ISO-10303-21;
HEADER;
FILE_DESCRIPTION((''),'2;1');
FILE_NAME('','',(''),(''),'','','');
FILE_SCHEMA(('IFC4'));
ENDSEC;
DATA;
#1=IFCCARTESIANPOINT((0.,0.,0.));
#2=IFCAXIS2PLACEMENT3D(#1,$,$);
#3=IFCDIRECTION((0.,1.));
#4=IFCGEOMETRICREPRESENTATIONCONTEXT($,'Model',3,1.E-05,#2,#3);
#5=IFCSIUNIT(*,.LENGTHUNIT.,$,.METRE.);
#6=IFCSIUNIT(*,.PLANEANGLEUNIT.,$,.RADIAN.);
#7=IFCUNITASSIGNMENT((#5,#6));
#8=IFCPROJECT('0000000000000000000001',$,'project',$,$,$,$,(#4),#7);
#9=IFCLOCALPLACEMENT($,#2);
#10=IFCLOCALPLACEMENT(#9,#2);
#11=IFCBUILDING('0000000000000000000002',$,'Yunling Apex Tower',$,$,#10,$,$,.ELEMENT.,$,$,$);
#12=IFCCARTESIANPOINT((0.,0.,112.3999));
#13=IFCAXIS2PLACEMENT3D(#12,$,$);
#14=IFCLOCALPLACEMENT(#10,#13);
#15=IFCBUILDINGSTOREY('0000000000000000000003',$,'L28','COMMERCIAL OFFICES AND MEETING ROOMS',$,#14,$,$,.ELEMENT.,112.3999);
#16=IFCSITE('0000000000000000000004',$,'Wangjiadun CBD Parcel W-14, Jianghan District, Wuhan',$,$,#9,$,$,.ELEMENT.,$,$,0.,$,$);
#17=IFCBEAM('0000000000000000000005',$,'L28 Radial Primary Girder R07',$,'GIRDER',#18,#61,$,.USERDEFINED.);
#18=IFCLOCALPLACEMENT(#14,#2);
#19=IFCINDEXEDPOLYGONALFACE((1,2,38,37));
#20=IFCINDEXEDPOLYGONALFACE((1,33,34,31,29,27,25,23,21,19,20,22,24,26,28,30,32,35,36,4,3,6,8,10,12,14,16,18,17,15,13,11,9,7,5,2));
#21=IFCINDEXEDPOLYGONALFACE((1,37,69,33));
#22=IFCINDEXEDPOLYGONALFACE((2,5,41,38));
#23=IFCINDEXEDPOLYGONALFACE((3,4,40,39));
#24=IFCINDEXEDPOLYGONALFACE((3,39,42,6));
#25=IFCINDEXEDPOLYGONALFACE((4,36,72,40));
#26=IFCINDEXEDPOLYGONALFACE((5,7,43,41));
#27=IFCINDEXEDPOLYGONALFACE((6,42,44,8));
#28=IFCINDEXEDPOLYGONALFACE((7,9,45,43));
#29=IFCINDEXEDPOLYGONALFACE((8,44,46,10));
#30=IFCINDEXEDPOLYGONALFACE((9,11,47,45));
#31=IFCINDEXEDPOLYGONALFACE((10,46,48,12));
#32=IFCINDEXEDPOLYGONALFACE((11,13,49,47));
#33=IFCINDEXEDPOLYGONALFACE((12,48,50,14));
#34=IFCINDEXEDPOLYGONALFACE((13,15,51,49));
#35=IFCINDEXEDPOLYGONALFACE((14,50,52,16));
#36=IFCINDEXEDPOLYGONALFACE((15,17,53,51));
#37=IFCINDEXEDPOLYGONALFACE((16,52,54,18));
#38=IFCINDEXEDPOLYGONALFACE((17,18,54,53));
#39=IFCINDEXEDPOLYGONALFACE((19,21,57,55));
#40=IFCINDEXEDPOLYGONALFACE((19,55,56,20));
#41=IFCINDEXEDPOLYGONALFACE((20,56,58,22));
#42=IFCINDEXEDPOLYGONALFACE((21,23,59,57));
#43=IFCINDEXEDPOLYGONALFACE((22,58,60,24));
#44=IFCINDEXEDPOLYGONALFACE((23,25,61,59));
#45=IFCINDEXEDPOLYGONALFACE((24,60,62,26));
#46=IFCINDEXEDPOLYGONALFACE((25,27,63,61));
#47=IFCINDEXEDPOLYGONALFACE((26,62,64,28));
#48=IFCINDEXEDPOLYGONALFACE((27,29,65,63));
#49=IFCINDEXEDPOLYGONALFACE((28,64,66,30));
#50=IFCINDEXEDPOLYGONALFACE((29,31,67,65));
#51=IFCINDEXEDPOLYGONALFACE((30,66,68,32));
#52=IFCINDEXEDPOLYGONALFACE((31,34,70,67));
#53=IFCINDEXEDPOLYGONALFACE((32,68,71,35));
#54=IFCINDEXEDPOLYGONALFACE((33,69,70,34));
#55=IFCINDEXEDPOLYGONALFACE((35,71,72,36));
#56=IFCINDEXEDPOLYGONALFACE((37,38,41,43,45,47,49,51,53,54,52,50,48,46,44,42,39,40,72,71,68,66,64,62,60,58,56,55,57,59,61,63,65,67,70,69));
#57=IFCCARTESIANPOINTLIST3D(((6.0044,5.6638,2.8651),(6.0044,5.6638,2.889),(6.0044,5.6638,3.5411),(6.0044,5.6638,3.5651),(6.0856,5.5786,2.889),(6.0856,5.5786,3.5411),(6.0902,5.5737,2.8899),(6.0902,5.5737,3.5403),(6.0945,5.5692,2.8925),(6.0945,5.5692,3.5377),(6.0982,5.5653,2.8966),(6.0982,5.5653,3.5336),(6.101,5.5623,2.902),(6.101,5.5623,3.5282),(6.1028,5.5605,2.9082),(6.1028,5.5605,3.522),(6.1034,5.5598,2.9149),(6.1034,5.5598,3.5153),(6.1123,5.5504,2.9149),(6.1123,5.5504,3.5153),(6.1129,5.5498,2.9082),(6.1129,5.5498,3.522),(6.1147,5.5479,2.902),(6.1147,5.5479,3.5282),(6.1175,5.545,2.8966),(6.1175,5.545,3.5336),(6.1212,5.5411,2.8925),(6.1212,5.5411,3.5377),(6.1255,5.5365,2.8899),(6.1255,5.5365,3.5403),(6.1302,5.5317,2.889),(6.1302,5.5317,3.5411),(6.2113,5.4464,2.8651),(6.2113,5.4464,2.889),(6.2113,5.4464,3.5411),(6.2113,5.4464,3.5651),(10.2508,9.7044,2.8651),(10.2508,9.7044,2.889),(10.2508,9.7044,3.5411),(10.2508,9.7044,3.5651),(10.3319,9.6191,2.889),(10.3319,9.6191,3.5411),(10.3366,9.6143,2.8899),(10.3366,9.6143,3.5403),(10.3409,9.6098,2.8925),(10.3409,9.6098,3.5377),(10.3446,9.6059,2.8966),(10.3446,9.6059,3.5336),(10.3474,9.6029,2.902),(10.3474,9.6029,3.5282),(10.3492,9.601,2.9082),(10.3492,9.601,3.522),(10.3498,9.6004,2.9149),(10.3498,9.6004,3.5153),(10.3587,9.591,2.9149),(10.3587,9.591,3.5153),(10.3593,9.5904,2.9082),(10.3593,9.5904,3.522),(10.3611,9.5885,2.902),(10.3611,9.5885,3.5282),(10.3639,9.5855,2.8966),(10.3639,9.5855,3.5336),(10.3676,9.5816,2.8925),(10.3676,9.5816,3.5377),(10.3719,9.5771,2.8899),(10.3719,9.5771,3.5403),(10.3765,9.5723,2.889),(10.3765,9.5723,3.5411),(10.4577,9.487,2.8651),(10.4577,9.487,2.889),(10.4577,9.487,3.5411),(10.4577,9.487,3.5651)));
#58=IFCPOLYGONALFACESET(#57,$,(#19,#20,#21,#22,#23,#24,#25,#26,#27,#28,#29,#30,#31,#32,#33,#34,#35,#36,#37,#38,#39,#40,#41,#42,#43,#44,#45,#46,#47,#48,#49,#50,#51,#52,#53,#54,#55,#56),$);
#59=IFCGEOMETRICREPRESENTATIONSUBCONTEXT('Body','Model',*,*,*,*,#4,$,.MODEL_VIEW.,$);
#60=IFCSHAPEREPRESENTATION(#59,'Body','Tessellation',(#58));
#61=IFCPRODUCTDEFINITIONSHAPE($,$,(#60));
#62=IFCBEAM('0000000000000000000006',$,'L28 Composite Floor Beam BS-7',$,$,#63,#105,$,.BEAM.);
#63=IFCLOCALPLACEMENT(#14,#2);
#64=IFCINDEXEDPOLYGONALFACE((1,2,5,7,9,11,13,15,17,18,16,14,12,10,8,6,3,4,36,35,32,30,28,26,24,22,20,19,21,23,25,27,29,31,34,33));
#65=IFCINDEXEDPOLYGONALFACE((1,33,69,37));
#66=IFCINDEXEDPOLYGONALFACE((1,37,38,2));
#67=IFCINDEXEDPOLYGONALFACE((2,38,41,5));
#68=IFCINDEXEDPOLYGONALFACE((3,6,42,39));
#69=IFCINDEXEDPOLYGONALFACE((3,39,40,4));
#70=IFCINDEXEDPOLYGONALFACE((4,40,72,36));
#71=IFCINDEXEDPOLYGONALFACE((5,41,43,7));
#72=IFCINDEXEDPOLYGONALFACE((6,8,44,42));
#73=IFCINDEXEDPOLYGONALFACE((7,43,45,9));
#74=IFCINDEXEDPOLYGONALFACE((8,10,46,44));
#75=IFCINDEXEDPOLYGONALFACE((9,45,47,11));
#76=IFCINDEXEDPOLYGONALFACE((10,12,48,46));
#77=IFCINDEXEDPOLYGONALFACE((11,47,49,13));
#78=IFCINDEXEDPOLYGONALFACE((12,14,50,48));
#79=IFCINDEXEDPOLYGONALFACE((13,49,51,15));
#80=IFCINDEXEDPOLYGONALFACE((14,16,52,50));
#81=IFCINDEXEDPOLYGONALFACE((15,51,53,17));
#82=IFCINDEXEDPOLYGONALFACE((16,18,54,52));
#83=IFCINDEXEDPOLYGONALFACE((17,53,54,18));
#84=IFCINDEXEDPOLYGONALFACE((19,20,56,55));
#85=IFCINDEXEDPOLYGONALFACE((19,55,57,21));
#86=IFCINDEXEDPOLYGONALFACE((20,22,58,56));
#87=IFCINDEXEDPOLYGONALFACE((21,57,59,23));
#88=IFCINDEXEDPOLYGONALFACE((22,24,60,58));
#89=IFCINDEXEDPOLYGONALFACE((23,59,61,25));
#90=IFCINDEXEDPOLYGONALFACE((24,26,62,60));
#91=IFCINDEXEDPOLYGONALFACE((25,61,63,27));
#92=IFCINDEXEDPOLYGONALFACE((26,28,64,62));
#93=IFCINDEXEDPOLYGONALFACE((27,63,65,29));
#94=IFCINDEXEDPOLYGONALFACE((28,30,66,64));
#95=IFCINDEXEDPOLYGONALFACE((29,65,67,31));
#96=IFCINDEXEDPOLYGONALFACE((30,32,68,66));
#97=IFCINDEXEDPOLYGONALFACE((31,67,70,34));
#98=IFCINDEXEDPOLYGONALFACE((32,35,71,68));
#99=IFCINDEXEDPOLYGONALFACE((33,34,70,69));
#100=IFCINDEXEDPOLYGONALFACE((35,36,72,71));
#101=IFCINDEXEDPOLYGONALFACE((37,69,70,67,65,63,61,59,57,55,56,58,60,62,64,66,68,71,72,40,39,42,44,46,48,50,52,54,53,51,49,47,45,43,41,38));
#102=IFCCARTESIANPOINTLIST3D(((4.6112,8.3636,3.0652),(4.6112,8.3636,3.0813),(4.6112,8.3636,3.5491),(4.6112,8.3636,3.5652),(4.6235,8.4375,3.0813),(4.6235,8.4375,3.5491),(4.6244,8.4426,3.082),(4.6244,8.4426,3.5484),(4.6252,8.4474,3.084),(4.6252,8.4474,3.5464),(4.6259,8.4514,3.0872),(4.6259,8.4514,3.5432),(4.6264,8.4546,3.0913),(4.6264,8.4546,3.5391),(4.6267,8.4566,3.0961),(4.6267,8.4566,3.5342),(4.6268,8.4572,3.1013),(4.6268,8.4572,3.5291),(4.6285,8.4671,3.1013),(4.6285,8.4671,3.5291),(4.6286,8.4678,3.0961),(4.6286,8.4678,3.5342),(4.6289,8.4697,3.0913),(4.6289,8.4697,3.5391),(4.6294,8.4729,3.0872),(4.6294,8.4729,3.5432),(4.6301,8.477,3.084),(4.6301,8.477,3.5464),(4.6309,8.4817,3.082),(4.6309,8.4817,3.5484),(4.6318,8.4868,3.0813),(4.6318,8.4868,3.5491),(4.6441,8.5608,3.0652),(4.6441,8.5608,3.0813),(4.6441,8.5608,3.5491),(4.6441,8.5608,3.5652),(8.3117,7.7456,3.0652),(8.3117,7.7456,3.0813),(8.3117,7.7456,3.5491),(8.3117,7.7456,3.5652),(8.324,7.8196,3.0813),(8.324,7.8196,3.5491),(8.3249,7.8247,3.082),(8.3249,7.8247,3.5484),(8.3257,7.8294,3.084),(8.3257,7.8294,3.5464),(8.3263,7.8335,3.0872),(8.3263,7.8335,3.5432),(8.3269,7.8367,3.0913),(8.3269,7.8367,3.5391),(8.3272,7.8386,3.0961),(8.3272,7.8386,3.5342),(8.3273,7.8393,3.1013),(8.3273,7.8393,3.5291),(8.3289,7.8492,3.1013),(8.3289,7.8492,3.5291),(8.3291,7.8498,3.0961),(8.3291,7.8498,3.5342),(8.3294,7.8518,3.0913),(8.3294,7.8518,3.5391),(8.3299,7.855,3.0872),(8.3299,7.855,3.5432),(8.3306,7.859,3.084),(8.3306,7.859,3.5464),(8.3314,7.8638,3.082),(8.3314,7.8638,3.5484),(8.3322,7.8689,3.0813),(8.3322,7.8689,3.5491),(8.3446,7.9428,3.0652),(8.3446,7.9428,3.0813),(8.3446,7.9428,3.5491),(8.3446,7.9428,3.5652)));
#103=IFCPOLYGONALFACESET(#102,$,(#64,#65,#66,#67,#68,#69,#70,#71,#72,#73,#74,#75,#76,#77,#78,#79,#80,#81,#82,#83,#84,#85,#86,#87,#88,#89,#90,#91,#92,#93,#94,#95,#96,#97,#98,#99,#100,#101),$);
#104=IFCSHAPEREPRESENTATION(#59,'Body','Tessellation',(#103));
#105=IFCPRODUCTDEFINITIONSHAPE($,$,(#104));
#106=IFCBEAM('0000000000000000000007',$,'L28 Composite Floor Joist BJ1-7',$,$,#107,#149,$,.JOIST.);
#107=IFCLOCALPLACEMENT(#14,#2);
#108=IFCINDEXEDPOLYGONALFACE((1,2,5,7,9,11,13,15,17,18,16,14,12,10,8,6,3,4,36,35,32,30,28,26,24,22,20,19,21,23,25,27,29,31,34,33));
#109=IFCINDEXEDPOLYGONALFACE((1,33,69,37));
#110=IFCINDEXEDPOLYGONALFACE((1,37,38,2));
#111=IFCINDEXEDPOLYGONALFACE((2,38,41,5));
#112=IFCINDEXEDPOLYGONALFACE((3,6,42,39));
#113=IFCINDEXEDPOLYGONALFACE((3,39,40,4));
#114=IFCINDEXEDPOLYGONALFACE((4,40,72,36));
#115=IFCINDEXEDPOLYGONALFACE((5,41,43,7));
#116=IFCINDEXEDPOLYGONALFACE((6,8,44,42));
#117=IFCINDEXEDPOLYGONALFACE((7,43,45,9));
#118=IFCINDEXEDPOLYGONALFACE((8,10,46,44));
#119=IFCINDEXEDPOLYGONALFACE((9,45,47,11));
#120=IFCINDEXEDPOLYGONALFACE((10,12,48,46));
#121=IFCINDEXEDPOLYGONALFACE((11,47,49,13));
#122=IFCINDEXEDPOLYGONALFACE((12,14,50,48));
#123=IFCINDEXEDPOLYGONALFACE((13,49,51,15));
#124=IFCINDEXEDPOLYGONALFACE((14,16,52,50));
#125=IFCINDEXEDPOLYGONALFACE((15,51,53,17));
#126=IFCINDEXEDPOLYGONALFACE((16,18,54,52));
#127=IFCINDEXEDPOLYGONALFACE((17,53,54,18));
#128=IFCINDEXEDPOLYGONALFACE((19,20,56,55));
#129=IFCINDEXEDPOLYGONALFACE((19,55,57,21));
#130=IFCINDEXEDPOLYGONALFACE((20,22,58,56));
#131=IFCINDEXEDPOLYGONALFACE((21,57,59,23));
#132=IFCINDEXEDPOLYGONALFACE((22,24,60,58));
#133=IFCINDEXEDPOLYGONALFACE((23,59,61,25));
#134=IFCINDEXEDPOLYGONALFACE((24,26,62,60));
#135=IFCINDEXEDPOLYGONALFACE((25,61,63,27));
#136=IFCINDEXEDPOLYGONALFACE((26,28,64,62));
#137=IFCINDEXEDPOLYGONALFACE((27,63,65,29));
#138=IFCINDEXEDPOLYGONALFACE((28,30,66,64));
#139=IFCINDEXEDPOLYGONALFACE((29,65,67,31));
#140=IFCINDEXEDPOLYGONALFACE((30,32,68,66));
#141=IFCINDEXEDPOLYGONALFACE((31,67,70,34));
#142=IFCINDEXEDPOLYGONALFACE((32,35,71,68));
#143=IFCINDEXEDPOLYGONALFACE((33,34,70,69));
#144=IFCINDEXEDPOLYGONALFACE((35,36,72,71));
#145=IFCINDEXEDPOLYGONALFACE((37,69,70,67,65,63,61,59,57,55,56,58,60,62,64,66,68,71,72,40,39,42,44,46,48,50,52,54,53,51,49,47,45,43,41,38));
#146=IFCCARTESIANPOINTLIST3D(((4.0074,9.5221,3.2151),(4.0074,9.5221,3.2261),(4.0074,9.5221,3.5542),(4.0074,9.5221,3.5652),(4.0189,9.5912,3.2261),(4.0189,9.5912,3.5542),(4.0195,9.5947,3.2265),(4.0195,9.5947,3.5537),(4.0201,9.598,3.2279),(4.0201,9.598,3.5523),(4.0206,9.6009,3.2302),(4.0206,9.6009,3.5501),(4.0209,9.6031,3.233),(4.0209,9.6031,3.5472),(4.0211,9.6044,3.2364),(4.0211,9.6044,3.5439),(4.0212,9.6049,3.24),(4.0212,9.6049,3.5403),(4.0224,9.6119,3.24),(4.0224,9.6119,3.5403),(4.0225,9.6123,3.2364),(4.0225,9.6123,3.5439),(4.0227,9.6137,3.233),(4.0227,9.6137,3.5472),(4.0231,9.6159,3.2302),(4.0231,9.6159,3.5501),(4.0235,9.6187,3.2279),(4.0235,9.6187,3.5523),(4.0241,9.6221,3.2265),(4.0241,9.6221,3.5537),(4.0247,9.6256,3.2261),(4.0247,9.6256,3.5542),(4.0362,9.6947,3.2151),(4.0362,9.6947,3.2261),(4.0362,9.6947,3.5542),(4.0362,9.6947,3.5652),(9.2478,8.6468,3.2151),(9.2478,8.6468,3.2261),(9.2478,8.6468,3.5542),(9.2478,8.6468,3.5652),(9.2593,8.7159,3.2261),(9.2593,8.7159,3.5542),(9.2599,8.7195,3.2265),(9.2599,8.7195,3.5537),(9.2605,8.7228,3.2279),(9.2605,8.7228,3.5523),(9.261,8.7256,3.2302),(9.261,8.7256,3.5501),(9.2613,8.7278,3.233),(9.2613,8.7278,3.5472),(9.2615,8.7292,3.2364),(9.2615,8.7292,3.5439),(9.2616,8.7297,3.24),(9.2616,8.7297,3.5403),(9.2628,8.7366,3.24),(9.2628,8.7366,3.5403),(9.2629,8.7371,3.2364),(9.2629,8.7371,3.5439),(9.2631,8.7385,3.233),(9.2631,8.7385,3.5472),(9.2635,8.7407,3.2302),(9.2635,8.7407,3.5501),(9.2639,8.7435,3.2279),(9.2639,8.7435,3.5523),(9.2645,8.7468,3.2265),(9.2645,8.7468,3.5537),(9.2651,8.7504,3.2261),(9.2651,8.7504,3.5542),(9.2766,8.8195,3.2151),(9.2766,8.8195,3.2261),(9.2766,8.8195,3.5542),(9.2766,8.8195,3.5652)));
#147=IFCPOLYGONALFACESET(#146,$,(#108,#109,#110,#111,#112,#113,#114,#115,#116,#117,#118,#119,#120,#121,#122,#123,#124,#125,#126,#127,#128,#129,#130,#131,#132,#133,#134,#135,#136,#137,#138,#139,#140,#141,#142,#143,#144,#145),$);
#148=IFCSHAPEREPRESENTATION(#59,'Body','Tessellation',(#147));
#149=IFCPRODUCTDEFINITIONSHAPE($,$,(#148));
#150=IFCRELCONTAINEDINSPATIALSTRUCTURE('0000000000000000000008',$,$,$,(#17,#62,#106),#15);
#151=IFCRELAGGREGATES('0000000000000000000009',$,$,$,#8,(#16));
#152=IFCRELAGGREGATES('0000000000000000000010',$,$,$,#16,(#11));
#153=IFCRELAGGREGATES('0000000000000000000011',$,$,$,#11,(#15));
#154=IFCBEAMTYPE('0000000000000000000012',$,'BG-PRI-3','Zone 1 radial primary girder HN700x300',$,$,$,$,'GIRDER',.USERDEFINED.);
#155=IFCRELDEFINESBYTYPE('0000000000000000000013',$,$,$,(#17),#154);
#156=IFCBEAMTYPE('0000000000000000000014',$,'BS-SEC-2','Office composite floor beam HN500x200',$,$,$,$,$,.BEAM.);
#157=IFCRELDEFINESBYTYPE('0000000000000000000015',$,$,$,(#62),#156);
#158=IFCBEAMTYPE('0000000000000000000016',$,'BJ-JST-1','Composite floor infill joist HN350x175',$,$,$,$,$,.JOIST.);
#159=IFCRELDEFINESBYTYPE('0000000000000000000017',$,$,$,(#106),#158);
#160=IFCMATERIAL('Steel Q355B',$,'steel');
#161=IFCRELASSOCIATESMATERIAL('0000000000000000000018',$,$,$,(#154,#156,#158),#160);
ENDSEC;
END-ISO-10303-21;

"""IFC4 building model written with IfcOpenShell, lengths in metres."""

from ifc_helpers import new_model, si_unit, direction, frame, origin, origin_2d, place, context, subcontext, project, spatial, i_section, extrude, source, transform, mapped, material, material_profile, profile_set, type_object, element, save


model = new_model("IFC4")

# Units and contexts
model_context = context("Model", 3, precision=1e-05, world=origin(), true_north=direction((0.0, 1.0)))
body_context = subcontext(model_context, "Body", "Model", "MODEL_VIEW")
ifc_project = project(units=[si_unit("LENGTHUNIT", "METRE"), si_unit("PLANEANGLEUNIT", "RADIAN")], contexts=[model_context])

# Site, building, storey
site_placement = place(None, origin())
site = spatial("IfcSite", under=ifc_project, at=site_placement, Name="Wangjiadun CBD Parcel W-14, Jianghan District, Wuhan", CompositionType="ELEMENT", RefElevation=0.0)
building_placement = place(site_placement, origin())
building = spatial("IfcBuilding", under=site, at=building_placement, Name="Yunling Apex Tower", CompositionType="ELEMENT")
storey_placement = place(building_placement, frame((0.0, 0.0, 112.3999)))
storey = spatial("IfcBuildingStorey", under=building, at=storey_placement, Name="L28", Description="COMMERCIAL OFFICES AND MEETING ROOMS", CompositionType="ELEMENT", Elevation=112.3999)

# Beams
ifc_material_1 = material(Name="Steel Q355B", Category="steel")
ifc_material_profile_1 = material_profile(ifc_material_1, i_section(OverallWidth=0.3, OverallDepth=0.7, WebThickness=0.0129, FlangeThickness=0.0239, FilletRadius=0.0259, at=origin_2d()))
ifc_profile_set_1 = profile_set([ifc_material_profile_1], Name="Steel Q355B")
beam_type_1 = type_object("IfcBeamType", Name="BG-PRI-3", Description="Zone 1 radial primary girder HN700x300", ElementType="GIRDER", PredefinedType="USERDEFINED", material=ifc_profile_set_1)
shared_shape_1 = source(origin(), body_context, "Body", "SweptSolid", [
    extrude(i_section(OverallWidth=0.3, OverallDepth=0.7, WebThickness=0.0129, FlangeThickness=0.0239, FilletRadius=0.0259, at=origin_2d()), origin(), (0.0, 0.0, 1.0), 5.8616),
])
beam_1_placement = place(storey_placement, frame((10.3542, 9.5957, 3.2151), z_axis=(-0.724445, -0.689333, 0.0), x_axis=(0.689333, -0.724445, 0.0)))
element("IfcBeam", 1, at=beam_1_placement, inside=storey, type_object=beam_type_1, Name="L28 Radial Primary Girder R07", ObjectType="GIRDER", PredefinedType="USERDEFINED", context=body_context, shape_type="MappedRepresentation", body=[
    mapped(shared_shape_1, transform((0.0, 0.0, 0.0), scale=1.0)),
])
ifc_material_profile_2 = material_profile(ifc_material_1, i_section(OverallWidth=0.2, OverallDepth=0.5, WebThickness=0.01, FlangeThickness=0.0161, FilletRadius=0.02, at=origin_2d()))
ifc_profile_set_2 = profile_set([ifc_material_profile_2], Name="Steel Q355B")
beam_type_2 = type_object("IfcBeamType", Name="BS-SEC-2", Description="Office composite floor beam HN500x200", PredefinedType="BEAM", material=ifc_profile_set_2)
shared_shape_2 = source(origin(), body_context, "Body", "SweptSolid", [
    extrude(i_section(OverallWidth=0.2, OverallDepth=0.5, WebThickness=0.01, FlangeThickness=0.0161, FilletRadius=0.02, at=origin_2d()), origin(), (0.0, 0.0, 1.0), 3.7517),
])
beam_2_placement = place(storey_placement, frame((8.3281, 7.8442, 3.3152), z_axis=(-0.986343, 0.164705, 0.0), x_axis=(-0.164705, -0.986343, 0.0)))
element("IfcBeam", 2, at=beam_2_placement, inside=storey, type_object=beam_type_2, Name="L28 Composite Floor Beam BS-7", PredefinedType="BEAM", context=body_context, shape_type="MappedRepresentation", body=[
    mapped(shared_shape_2, transform((0.0, 0.0, 0.0), scale=1.0)),
])
ifc_material_profile_3 = material_profile(ifc_material_1, i_section(OverallWidth=0.175, OverallDepth=0.3501, WebThickness=0.0071, FlangeThickness=0.011, FilletRadius=0.0139, at=origin_2d()))
ifc_profile_set_3 = profile_set([ifc_material_profile_3], Name="Steel Q355B")
beam_type_3 = type_object("IfcBeamType", Name="BJ-JST-1", Description="Composite floor infill joist HN350x175", PredefinedType="JOIST", material=ifc_profile_set_3)
shared_shape_3 = source(origin(), body_context, "Body", "SweptSolid", [
    extrude(i_section(OverallWidth=0.175, OverallDepth=0.3501, WebThickness=0.0071, FlangeThickness=0.011, FilletRadius=0.0139, at=origin_2d()), origin(), (0.0, 0.0, 1.0), 5.313),
])
beam_3_placement = place(storey_placement, frame((9.2622, 8.7332, 3.3901), z_axis=(-0.986338, 0.164734, 0.0), x_axis=(-0.164734, -0.986338, 0.0)))
element("IfcBeam", 3, at=beam_3_placement, inside=storey, type_object=beam_type_3, Name="L28 Composite Floor Joist BJ1-7", PredefinedType="JOIST", context=body_context, shape_type="MappedRepresentation", body=[
    mapped(shared_shape_3, transform((0.0, 0.0, 0.0), scale=1.0)),
])

save(model, "model.ifc")
